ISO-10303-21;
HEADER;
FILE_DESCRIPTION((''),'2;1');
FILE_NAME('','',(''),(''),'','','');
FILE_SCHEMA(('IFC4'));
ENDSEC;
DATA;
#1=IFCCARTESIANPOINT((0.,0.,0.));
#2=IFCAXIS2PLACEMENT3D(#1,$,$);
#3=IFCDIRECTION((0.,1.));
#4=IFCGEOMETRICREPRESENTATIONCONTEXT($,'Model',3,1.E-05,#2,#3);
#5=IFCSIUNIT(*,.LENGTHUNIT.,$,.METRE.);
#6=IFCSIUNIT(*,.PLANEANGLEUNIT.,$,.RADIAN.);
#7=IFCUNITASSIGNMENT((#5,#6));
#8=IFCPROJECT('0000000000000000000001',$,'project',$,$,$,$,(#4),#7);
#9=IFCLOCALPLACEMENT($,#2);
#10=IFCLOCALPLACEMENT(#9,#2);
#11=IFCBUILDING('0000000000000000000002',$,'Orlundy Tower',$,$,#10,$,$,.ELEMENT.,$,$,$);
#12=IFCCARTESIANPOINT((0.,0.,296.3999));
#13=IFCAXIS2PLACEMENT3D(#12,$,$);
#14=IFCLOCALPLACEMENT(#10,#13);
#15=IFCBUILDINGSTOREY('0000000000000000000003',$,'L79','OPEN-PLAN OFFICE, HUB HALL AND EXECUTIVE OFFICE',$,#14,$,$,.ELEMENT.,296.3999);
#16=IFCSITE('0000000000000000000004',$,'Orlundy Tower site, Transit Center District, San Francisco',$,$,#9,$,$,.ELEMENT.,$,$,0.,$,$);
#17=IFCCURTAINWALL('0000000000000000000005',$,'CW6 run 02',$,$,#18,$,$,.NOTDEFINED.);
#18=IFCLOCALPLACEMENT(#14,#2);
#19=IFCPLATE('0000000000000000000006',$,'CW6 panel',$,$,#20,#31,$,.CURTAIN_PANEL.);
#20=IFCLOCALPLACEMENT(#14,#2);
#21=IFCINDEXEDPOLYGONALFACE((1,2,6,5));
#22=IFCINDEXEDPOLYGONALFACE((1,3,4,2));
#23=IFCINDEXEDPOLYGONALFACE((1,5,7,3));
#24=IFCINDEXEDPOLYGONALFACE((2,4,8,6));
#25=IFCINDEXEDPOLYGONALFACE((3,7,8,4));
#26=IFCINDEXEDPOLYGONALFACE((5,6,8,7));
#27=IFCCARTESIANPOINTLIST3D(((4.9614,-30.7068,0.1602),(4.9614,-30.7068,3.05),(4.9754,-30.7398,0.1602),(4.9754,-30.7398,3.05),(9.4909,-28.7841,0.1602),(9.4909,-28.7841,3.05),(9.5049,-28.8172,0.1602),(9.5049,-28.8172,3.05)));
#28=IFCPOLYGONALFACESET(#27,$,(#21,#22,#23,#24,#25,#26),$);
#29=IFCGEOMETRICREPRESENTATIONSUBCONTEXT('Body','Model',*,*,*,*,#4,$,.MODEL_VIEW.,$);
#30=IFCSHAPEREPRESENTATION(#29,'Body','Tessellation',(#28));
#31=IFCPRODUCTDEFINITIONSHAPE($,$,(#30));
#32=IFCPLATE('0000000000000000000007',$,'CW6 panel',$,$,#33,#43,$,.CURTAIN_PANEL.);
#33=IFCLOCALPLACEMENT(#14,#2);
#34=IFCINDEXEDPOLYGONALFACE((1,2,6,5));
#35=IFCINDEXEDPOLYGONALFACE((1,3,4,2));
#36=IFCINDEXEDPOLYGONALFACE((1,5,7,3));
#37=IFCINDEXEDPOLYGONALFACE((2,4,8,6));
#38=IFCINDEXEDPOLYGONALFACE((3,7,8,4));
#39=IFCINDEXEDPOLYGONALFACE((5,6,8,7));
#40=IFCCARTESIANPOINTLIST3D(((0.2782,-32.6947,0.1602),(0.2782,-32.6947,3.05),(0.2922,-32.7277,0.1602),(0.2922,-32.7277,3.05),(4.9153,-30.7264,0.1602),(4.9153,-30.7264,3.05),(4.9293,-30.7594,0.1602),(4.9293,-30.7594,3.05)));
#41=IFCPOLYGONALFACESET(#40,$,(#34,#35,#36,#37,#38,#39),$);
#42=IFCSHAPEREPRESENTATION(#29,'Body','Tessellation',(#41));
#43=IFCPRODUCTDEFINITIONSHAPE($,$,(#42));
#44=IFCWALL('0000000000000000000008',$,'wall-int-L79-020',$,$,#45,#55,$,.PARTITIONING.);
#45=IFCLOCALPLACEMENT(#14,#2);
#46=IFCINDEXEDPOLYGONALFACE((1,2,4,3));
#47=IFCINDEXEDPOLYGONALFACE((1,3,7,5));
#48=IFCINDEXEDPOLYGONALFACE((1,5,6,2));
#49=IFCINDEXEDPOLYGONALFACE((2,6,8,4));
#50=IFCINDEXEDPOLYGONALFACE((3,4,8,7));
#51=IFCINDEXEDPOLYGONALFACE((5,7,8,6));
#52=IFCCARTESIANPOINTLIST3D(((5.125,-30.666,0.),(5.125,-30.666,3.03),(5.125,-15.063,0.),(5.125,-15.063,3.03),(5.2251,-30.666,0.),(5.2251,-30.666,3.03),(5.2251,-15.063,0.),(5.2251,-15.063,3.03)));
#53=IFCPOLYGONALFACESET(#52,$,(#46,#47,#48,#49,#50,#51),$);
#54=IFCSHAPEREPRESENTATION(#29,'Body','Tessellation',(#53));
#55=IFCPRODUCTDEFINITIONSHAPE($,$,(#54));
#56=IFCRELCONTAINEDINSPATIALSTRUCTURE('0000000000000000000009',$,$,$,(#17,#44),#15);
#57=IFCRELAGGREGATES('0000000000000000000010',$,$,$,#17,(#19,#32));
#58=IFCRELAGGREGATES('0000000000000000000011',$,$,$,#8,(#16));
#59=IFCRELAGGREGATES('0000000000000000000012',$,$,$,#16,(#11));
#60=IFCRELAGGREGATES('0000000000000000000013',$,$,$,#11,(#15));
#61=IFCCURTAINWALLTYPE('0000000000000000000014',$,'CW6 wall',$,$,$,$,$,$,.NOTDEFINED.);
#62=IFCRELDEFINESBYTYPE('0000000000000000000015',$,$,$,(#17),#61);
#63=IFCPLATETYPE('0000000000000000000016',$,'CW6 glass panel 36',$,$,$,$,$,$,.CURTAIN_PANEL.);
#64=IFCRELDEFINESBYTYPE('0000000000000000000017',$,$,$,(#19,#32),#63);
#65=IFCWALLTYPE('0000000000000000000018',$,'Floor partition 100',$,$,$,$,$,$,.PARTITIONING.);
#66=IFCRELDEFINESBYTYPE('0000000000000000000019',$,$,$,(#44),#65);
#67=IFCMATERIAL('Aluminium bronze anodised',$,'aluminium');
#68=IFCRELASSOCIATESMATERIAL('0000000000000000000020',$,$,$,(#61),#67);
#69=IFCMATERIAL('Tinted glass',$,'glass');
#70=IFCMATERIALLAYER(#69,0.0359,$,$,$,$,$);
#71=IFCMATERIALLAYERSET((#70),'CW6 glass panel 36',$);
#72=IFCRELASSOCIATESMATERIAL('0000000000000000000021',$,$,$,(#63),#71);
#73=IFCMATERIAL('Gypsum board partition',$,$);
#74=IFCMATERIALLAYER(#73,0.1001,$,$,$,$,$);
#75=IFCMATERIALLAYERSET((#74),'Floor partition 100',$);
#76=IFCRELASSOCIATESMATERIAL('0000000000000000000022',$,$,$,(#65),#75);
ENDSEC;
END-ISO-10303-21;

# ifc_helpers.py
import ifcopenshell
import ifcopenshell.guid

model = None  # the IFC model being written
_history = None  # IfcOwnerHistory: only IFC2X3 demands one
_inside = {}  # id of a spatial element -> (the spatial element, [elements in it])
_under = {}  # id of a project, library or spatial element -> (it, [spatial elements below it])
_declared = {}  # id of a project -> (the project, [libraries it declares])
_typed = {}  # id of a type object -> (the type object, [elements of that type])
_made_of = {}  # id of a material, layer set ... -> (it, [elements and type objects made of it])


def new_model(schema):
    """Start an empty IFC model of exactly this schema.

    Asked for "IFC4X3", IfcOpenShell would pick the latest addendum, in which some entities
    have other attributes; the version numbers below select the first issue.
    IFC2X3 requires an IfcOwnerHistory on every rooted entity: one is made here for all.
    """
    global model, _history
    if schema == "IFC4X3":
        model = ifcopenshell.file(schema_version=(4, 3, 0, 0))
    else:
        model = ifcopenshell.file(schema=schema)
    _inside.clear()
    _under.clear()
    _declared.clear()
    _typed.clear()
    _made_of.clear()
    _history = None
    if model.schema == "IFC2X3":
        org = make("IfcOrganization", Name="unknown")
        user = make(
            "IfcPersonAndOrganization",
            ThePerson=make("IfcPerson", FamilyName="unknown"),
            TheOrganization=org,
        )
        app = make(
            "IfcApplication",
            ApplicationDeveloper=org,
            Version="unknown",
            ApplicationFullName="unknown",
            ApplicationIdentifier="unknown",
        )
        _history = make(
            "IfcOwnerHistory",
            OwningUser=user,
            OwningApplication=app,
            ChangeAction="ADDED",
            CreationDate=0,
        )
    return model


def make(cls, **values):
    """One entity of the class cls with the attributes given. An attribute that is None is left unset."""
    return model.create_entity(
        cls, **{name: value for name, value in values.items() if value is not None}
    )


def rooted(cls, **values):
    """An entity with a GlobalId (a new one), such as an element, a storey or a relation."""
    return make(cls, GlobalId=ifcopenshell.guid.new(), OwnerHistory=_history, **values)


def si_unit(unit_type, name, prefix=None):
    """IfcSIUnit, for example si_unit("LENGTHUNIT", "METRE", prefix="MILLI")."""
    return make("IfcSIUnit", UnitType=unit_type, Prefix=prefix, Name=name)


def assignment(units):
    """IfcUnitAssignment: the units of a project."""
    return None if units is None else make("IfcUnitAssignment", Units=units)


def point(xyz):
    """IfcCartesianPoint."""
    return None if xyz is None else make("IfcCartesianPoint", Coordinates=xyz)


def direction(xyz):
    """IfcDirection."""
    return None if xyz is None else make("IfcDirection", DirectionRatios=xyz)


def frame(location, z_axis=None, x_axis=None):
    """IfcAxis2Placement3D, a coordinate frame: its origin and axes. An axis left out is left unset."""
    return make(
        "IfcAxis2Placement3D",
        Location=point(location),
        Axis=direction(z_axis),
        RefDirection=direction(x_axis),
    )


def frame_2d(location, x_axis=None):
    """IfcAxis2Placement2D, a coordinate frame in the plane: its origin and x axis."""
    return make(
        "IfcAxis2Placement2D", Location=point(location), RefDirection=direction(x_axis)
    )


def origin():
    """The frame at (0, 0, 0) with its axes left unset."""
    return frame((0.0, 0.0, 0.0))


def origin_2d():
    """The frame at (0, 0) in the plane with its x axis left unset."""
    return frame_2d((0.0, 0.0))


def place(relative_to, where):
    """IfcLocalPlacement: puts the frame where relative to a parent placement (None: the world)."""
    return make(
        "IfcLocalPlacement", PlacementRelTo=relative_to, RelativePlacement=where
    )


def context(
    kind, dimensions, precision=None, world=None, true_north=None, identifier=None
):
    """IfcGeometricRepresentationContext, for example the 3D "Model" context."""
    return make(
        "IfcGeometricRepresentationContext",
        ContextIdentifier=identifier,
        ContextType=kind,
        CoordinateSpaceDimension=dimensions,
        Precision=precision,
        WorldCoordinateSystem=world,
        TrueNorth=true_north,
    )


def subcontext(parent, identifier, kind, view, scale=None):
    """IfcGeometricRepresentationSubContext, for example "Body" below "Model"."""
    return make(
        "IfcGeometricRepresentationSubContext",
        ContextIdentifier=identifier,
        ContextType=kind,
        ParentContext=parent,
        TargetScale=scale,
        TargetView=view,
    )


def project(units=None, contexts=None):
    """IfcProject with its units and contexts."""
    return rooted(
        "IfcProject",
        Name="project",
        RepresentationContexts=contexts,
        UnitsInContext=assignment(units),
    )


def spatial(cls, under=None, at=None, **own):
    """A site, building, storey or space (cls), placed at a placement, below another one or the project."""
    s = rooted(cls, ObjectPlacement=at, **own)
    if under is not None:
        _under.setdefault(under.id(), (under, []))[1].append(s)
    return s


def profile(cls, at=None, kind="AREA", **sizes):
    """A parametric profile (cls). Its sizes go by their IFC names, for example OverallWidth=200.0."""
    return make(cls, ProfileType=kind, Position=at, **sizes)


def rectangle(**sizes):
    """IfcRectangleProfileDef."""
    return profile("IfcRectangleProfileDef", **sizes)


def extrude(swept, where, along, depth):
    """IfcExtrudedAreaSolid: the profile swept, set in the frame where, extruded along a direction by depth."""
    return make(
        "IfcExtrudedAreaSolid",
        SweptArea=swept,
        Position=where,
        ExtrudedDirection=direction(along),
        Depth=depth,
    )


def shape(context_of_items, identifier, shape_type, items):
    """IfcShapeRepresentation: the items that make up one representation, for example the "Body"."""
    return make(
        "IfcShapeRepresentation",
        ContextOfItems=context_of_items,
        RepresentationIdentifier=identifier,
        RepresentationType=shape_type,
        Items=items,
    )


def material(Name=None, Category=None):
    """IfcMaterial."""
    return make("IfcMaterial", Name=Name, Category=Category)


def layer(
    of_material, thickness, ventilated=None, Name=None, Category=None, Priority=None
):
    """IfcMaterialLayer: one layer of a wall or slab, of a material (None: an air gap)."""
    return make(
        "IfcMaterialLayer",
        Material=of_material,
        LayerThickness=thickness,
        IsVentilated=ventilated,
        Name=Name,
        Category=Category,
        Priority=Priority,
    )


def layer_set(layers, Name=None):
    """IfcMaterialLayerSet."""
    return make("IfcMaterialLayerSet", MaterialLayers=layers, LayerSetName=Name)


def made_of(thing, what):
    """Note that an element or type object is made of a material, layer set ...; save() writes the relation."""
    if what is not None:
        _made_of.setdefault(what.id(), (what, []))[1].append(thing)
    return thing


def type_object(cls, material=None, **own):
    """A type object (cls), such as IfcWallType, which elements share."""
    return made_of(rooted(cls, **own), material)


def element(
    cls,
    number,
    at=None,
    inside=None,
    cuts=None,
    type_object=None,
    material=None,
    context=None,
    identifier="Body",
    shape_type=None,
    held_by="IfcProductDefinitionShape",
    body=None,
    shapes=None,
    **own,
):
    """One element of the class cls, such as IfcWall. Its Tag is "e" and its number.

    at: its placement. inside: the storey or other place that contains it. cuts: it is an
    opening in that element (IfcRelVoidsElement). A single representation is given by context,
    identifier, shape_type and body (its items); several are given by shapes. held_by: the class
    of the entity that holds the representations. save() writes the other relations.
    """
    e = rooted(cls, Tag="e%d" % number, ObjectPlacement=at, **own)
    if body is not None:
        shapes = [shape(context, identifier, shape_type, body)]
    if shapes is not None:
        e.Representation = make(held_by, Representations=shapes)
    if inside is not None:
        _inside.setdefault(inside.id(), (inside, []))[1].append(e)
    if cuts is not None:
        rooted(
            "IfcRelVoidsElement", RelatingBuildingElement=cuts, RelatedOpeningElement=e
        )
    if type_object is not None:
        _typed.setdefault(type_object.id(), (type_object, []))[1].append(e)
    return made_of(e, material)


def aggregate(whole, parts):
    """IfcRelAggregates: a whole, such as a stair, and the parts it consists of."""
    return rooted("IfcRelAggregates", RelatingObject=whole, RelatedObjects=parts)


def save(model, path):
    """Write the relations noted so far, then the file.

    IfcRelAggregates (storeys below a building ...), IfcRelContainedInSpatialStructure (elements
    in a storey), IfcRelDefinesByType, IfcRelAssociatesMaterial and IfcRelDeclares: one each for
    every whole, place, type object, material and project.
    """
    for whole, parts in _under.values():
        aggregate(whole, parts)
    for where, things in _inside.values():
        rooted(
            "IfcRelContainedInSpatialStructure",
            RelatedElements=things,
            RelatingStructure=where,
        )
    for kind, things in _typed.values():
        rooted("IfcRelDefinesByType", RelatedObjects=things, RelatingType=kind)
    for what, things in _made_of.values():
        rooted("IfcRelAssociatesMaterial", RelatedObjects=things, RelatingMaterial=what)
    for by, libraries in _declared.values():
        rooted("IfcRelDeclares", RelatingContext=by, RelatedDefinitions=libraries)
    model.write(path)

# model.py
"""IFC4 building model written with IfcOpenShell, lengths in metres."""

from ifc_helpers import new_model, si_unit, direction, frame, frame_2d, origin, origin_2d, place, context, subcontext, project, spatial, rectangle, extrude, material, layer, layer_set, type_object, element, aggregate, save


model = new_model("IFC4")

# Units and contexts
model_context = context("Model", 3, precision=1e-05, world=origin(), true_north=direction((0.0, 1.0)))
body_context = subcontext(model_context, "Body", "Model", "MODEL_VIEW")
ifc_project = project(units=[si_unit("LENGTHUNIT", "METRE"), si_unit("PLANEANGLEUNIT", "RADIAN")], contexts=[model_context])

# Site, building, storey
site_placement = place(None, origin())
site = spatial("IfcSite", under=ifc_project, at=site_placement, Name="Orlundy Tower site, Transit Center District, San Francisco", CompositionType="ELEMENT", RefElevation=0.0)
building_placement = place(site_placement, origin())
building = spatial("IfcBuilding", under=site, at=building_placement, Name="Orlundy Tower", CompositionType="ELEMENT")
storey_placement = place(building_placement, frame((0.0, 0.0, 296.3999)))
storey = spatial("IfcBuildingStorey", under=building, at=storey_placement, Name="L79", Description="OPEN-PLAN OFFICE, HUB HALL AND EXECUTIVE OFFICE", CompositionType="ELEMENT", Elevation=296.3999)

# Shared definitions
ifc_material_1 = material(Name="Aluminium bronze anodised", Category="aluminium")
curtain_wall_type = type_object("IfcCurtainWallType", Name="CW6 wall", PredefinedType="NOTDEFINED", material=ifc_material_1)

# Curtain wall
curtain_wall_1_placement = place(storey_placement, origin())
curtain_wall_1 = element("IfcCurtainWall", 1, at=curtain_wall_1_placement, inside=storey, type_object=curtain_wall_type, Name="CW6 run 02", PredefinedType="NOTDEFINED")

# Plates
ifc_material_2 = material(Name="Tinted glass", Category="glass")
ifc_layer_1 = layer(ifc_material_2, 0.0359)
ifc_layer_set_1 = layer_set([ifc_layer_1], Name="CW6 glass panel 36")
plate_type = type_object("IfcPlateType", Name="CW6 glass panel 36", PredefinedType="CURTAIN_PANEL", material=ifc_layer_set_1)
plate_1_placement = place(storey_placement, frame((7.2332, -29.762, 0.1602), z_axis=(0.0, 0.0, 1.0), x_axis=(-0.920507, -0.390727, 0.0)))
plate_1 = element("IfcPlate", 2, at=plate_1_placement, type_object=plate_type, Name="CW6 panel", PredefinedType="CURTAIN_PANEL", context=body_context, shape_type="SweptSolid", body=[
    extrude(rectangle(XDim=4.9207, YDim=0.0359, at=origin_2d()), origin(), (0.0, 0.0, 1.0), 2.8899),
])
plate_2_placement = place(storey_placement, frame((2.6038, -31.7271, 0.1602), z_axis=(0.0, 0.0, 1.0), x_axis=(-0.920507, -0.390727, 0.0)))
plate_2 = element("IfcPlate", 3, at=plate_2_placement, type_object=plate_type, Name="CW6 panel", PredefinedType="CURTAIN_PANEL", context=body_context, shape_type="SweptSolid", body=[
    extrude(rectangle(XDim=5.0376, YDim=0.0359, at=origin_2d()), origin(), (0.0, 0.0, 1.0), 2.8899),
])
aggregate(curtain_wall_1, [plate_1, plate_2])

# Wall
ifc_material_3 = material(Name="Gypsum board partition")
ifc_layer_2 = layer(ifc_material_3, 0.1001)
ifc_layer_set_2 = layer_set([ifc_layer_2], Name="Floor partition 100")
wall_type_1 = type_object("IfcWallType", Name="Floor partition 100", PredefinedType="PARTITIONING", material=ifc_layer_set_2)
wall_1_placement = place(storey_placement, frame((5.175, -30.666, 0.0), z_axis=(0.0, 0.0, 1.0), x_axis=(0.0, 1.0, 0.0)))
element("IfcWall", 4, at=wall_1_placement, inside=storey, type_object=wall_type_1, Name="wall-int-L79-020", PredefinedType="PARTITIONING", context=body_context, shape_type="SweptSolid", body=[
    extrude(rectangle(XDim=15.603, YDim=0.1001, at=frame_2d((7.8015, 0.0))), origin(), (0.0, 0.0, 1.0), 3.03),
])

save(model, "model.ifc")
